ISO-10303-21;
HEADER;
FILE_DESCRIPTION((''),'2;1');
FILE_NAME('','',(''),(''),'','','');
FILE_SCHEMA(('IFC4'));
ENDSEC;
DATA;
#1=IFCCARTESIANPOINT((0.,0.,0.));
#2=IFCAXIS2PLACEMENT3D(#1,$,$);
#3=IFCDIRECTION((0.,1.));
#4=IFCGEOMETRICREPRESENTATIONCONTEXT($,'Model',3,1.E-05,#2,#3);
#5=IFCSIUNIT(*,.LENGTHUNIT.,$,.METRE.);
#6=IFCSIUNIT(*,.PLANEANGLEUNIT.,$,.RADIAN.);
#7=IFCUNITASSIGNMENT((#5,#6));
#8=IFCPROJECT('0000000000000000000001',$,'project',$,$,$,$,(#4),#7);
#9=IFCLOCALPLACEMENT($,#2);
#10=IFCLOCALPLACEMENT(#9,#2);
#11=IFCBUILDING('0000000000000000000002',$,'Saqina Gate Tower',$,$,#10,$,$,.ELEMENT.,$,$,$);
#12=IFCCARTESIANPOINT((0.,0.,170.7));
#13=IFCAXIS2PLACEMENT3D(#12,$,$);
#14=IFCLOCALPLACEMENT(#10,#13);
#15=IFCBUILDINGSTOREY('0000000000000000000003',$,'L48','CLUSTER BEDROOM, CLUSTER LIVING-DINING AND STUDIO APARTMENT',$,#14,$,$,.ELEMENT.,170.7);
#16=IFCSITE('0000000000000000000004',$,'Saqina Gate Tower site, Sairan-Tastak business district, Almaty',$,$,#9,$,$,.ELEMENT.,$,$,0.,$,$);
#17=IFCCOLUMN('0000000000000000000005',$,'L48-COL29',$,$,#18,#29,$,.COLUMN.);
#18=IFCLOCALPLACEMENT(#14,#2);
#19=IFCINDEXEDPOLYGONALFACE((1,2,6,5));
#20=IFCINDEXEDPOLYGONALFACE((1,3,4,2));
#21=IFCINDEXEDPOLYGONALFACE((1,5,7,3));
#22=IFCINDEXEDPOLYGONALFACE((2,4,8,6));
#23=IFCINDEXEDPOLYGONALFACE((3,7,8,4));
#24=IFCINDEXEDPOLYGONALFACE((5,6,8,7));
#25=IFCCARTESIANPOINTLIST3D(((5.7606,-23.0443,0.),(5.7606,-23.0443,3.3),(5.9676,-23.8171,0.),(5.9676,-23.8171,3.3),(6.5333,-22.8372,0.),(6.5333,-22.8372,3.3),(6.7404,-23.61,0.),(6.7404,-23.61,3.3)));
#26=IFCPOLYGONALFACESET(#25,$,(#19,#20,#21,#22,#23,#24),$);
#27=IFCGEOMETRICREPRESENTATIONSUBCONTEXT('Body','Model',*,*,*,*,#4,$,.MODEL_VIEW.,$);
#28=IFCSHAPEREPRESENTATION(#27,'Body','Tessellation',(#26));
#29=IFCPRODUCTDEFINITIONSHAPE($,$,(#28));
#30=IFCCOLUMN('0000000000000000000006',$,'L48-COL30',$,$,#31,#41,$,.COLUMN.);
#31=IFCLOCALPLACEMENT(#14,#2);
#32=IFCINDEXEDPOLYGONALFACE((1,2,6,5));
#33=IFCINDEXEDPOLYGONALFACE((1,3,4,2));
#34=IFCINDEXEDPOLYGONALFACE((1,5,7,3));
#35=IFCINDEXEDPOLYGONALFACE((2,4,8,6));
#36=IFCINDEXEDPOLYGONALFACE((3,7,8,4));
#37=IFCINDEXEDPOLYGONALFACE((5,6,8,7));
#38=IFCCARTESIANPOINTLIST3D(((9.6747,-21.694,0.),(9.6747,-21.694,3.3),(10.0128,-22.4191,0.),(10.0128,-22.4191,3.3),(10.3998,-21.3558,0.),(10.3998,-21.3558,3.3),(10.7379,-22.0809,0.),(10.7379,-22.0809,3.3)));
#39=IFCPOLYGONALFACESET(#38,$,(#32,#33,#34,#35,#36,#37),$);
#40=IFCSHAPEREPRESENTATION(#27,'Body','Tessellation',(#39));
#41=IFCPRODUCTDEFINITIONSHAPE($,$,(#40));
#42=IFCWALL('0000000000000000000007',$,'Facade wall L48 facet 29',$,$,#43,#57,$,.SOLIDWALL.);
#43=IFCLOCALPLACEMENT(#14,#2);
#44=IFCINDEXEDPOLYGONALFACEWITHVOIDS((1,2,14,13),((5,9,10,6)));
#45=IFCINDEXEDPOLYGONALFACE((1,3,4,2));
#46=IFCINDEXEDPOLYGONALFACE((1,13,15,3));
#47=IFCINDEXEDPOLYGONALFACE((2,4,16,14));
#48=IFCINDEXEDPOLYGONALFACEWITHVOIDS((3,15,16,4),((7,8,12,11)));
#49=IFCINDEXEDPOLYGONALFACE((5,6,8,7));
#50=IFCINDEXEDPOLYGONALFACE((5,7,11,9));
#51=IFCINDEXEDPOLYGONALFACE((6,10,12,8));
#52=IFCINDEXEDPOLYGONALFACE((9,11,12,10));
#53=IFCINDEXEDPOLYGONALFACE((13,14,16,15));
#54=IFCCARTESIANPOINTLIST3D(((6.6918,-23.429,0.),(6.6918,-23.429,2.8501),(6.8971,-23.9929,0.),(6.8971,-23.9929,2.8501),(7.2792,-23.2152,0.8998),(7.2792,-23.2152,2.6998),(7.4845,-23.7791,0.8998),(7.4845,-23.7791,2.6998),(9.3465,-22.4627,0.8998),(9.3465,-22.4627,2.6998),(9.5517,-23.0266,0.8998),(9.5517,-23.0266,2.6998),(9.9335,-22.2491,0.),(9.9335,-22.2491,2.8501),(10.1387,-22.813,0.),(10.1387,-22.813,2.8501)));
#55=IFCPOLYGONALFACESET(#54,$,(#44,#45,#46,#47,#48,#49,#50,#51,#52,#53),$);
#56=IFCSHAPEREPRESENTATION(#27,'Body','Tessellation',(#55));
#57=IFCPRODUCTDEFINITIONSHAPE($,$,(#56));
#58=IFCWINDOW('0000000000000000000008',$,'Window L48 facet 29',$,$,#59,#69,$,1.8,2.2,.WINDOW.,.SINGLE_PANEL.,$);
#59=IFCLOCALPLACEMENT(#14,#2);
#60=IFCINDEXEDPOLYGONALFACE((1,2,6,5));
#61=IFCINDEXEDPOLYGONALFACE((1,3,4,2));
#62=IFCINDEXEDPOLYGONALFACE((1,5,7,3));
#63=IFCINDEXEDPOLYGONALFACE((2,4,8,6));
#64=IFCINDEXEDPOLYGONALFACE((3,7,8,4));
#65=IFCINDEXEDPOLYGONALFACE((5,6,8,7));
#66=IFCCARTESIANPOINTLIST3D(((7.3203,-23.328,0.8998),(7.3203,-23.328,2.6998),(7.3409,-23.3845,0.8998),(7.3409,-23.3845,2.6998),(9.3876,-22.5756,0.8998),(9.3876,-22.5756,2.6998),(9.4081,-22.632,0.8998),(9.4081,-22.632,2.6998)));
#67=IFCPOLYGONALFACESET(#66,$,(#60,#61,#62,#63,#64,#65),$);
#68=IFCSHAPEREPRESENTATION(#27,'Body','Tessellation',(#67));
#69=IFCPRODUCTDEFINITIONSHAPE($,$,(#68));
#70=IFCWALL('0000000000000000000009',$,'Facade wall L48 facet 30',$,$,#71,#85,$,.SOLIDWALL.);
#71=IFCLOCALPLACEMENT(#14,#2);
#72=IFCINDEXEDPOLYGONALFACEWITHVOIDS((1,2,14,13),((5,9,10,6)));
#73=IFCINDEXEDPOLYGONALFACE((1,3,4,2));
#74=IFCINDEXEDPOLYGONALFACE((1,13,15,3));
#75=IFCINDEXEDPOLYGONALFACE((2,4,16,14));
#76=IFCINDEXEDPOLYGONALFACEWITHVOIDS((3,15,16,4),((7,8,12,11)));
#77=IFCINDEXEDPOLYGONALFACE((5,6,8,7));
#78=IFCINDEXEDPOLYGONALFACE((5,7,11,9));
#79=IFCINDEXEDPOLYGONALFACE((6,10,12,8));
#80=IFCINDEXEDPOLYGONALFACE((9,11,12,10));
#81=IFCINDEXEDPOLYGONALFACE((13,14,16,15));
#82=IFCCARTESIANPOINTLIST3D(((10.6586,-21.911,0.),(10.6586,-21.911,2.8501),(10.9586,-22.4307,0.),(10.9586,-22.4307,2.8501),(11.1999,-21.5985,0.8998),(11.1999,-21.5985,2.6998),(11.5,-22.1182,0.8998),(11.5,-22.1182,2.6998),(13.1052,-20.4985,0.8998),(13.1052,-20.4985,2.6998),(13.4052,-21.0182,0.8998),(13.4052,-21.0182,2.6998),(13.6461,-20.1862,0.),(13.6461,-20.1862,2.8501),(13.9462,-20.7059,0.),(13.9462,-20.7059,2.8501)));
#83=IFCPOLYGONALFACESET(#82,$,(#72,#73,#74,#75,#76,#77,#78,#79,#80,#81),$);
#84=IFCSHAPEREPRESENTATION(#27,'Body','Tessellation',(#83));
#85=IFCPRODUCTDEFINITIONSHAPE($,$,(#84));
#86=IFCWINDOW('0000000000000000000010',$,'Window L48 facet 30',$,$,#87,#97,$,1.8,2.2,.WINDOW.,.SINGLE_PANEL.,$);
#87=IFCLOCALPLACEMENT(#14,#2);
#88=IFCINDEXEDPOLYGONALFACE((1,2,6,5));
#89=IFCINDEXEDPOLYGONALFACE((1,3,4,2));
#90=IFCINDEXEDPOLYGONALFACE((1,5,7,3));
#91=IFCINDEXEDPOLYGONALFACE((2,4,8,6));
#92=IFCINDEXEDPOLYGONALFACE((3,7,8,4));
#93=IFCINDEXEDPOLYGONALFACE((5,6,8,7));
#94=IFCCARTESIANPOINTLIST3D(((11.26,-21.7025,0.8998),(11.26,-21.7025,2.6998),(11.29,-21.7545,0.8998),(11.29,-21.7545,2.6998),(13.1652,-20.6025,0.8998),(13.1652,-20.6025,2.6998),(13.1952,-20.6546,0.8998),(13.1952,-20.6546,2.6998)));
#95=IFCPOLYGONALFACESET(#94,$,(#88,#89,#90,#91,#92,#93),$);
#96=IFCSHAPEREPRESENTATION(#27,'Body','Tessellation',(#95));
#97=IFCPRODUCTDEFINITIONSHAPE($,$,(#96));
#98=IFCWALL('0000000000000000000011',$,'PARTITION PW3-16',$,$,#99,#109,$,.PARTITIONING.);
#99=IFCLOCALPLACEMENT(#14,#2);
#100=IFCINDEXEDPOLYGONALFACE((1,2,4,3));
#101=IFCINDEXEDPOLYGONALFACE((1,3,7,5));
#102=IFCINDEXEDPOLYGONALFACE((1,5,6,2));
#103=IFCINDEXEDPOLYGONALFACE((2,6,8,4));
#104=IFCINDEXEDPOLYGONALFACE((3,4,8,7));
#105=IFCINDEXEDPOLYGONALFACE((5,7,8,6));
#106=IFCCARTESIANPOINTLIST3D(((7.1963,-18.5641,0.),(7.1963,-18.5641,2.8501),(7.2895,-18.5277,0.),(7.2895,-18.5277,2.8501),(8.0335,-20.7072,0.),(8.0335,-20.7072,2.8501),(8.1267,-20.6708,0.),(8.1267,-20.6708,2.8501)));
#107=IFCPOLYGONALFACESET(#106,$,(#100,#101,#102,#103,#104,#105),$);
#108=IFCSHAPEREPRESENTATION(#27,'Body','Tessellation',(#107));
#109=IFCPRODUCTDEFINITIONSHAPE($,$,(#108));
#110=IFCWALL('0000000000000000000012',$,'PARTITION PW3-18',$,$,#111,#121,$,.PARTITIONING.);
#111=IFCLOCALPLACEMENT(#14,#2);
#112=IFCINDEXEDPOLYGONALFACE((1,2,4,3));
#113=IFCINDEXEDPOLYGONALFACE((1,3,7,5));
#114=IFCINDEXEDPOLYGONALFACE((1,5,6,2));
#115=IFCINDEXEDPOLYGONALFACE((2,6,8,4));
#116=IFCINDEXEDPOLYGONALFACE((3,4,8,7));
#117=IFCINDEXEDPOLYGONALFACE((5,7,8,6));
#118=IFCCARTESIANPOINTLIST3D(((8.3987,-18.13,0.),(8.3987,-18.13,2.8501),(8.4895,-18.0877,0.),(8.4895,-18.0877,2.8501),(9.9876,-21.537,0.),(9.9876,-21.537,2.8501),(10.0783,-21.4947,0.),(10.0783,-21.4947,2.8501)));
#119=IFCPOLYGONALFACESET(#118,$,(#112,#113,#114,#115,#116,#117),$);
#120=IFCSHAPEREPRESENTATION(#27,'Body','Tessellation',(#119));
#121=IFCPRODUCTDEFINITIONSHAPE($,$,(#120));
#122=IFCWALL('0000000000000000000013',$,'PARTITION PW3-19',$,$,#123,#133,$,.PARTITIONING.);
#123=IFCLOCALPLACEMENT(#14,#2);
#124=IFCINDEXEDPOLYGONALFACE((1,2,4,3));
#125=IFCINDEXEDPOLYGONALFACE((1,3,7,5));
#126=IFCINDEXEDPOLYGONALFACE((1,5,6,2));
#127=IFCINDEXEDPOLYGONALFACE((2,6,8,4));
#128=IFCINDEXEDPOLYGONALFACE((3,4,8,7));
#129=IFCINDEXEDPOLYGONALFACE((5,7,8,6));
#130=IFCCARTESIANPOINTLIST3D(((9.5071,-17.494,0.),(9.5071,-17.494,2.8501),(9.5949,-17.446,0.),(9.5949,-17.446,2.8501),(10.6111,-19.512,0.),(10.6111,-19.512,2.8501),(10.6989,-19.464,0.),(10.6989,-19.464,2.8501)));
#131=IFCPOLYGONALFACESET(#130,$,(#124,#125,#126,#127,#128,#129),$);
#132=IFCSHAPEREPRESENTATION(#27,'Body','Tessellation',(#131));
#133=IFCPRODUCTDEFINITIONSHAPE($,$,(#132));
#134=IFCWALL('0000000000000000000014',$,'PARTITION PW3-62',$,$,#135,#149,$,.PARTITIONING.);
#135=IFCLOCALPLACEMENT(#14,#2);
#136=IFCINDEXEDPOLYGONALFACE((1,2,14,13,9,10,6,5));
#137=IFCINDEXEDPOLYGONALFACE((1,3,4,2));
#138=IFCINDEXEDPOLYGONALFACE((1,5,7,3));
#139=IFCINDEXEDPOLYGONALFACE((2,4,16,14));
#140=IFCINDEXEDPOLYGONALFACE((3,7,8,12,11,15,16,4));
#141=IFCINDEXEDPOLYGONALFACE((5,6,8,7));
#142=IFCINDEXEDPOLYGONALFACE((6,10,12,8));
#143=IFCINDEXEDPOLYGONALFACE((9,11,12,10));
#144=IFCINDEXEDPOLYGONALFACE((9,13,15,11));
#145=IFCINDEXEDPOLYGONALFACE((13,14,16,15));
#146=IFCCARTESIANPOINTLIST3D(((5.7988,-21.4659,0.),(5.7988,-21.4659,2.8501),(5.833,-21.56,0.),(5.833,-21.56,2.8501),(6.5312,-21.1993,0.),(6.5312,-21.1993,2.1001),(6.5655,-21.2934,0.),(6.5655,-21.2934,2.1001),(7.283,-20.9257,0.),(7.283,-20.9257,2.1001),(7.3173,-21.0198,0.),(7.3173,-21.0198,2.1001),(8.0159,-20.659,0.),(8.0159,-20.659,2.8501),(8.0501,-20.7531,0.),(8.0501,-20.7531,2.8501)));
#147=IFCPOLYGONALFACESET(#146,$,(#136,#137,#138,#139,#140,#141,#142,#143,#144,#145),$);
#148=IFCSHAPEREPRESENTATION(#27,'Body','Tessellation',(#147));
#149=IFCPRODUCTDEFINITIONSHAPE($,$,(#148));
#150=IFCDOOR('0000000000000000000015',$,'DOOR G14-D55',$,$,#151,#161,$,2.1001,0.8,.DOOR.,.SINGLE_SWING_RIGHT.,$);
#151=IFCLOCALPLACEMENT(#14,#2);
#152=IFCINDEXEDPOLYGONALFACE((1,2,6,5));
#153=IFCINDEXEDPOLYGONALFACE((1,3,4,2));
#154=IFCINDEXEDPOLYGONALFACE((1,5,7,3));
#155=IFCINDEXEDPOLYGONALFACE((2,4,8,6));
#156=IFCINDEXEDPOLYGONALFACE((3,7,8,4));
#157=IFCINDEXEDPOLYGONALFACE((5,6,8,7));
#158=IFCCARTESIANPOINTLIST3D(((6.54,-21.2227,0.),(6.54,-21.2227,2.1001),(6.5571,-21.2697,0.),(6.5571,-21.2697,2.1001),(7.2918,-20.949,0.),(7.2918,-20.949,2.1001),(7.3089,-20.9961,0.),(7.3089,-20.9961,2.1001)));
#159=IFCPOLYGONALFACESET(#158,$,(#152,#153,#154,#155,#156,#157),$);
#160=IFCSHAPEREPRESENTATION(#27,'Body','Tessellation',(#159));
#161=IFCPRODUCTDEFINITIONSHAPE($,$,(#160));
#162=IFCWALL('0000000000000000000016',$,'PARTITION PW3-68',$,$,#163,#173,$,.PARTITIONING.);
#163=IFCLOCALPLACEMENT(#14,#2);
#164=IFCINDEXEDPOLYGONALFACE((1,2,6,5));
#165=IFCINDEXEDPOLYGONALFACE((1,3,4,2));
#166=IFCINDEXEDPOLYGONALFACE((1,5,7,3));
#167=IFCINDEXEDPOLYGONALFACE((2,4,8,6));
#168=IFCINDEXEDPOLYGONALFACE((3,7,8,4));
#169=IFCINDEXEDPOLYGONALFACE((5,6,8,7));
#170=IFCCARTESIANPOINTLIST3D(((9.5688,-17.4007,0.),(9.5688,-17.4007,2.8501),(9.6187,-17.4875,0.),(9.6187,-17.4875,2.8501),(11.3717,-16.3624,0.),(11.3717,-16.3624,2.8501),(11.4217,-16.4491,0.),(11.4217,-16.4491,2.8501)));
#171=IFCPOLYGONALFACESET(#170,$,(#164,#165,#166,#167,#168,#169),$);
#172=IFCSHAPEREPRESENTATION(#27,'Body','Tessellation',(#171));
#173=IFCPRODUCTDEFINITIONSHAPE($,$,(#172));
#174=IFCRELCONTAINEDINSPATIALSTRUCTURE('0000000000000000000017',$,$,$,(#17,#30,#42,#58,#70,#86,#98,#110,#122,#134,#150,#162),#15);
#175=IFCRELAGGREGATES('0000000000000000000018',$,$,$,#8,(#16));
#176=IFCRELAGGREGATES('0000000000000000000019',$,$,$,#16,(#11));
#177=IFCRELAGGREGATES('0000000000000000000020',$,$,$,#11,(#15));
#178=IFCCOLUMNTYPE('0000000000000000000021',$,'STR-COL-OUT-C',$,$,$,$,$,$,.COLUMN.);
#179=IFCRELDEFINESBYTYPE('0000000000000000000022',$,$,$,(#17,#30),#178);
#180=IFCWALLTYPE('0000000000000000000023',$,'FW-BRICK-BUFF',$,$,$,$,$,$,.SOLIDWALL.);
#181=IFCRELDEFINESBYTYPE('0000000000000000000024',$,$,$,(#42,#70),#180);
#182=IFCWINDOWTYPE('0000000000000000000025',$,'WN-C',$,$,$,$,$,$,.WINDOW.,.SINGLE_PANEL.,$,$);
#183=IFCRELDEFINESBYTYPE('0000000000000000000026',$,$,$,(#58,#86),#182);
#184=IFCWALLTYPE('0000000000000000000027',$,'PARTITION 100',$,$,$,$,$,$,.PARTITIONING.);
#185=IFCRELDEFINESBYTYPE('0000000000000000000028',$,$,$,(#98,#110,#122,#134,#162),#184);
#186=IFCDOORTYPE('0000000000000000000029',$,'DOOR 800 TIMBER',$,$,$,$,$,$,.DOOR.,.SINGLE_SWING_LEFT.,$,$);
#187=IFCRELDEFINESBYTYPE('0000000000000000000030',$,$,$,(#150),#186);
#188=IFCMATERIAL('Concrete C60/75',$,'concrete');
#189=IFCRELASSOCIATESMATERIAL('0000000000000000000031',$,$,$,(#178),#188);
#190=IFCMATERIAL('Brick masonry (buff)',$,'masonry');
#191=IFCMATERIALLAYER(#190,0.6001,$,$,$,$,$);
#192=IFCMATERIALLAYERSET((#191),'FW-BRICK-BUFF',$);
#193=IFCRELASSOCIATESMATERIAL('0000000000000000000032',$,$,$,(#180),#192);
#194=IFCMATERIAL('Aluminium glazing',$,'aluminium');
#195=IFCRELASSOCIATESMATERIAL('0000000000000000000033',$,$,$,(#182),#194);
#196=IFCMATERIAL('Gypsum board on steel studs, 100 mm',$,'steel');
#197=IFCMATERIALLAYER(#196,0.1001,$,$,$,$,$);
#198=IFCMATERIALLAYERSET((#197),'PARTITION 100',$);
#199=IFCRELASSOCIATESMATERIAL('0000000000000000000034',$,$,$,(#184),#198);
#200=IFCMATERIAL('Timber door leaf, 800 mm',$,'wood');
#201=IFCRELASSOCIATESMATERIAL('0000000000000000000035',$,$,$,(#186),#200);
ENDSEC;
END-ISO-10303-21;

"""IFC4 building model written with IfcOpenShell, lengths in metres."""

from ifc_helpers import new_model, si_unit, direction, frame, frame_2d, origin, origin_2d, place, context, subcontext, project, spatial, rectangle, extrude, material, layer, layer_set, material_profile, profile_set, type_object, element, fill, save


model = new_model("IFC4")

# Units and contexts
model_context = context("Model", 3, precision=1e-05, world=origin(), true_north=direction((0.0, 1.0)))
body_context = subcontext(model_context, "Body", "Model", "MODEL_VIEW")
ifc_project = project(units=[si_unit("LENGTHUNIT", "METRE"), si_unit("PLANEANGLEUNIT", "RADIAN")], contexts=[model_context])

# Site, building, storey
site_placement = place(None, origin())
site = spatial("IfcSite", under=ifc_project, at=site_placement, Name="Saqina Gate Tower site, Sairan-Tastak business district, Almaty", CompositionType="ELEMENT", RefElevation=0.0)
building_placement = place(site_placement, origin())
building = spatial("IfcBuilding", under=site, at=building_placement, Name="Saqina Gate Tower", CompositionType="ELEMENT")
storey_placement = place(building_placement, frame((0.0, 0.0, 170.7)))
storey = spatial("IfcBuildingStorey", under=building, at=storey_placement, Name="L48", Description="CLUSTER BEDROOM, CLUSTER LIVING-DINING AND STUDIO APARTMENT", CompositionType="ELEMENT", Elevation=170.7)

# Columns
ifc_material_1 = material(Name="Concrete C60/75", Category="concrete")
ifc_material_profile = material_profile(ifc_material_1, rectangle(XDim=0.8, YDim=0.8, at=origin_2d()), Name="RC 800x800")
ifc_profile_set = profile_set([ifc_material_profile], Name="Concrete C60/75")
column_type = type_object("IfcColumnType", Name="STR-COL-OUT-C", PredefinedType="COLUMN", material=ifc_profile_set)
for number, where, z_axis, x_axis, name in (
    (1, (6.2505, -23.3271, 0.0), (0.0, 0.0, 1.0), (0.258819, -0.965926, 0.0), "L48-COL29"),
    (2, (10.2063, -21.8875, 0.0), (0.0, 0.0, 1.0), (0.422618, -0.906308, 0.0), "L48-COL30"),
):
    element("IfcColumn", number, at=place(storey_placement, frame(where, z_axis=z_axis, x_axis=x_axis)), inside=storey, type_object=column_type, Name=name, PredefinedType="COLUMN", context=body_context, shape_type="SweptSolid", body=[
        extrude(rectangle(XDim=0.8, YDim=0.8, at=origin_2d()), origin(), (0.0, 0.0, 1.0), 3.3),
    ])

# Walls, openings, windows
ifc_material_2 = material(Name="Brick masonry (buff)", Category="masonry")
ifc_layer_1 = layer(ifc_material_2, 0.6001)
ifc_layer_set_1 = layer_set([ifc_layer_1], Name="FW-BRICK-BUFF")
wall_type_1 = type_object("IfcWallType", Name="FW-BRICK-BUFF", PredefinedType="SOLIDWALL", material=ifc_layer_set_1)
wall_1_placement = place(storey_placement, frame((6.7944, -23.7109, 0.0), z_axis=(0.0, 0.0, 1.0), x_axis=(0.939688, 0.342033, 0.0)))
wall_1 = element("IfcWall", 3, at=wall_1_placement, inside=storey, type_object=wall_type_1, Name="Facade wall L48 facet 29", PredefinedType="SOLIDWALL", context=body_context, shape_type="SweptSolid", body=[
    extrude(rectangle(XDim=3.4497, YDim=0.6001, at=frame_2d((1.7249, 0.0))), origin(), (0.0, 0.0, 1.0), 2.8501),
])
opening_1_placement = place(wall_1_placement, frame((0.625, 0.0, 0.8999)))
opening_1 = element("IfcOpeningElement", 4, at=opening_1_placement, cuts=wall_1, PredefinedType="OPENING", context=body_context, shape_type="SweptSolid", body=[
    extrude(rectangle(XDim=2.2, YDim=1.8, at=frame_2d((1.1001, 0.8999))), frame((0.0, 0.312, 0.0), z_axis=(0.0, -1.0, 0.0), x_axis=(1.0, 0.0, 0.0)), (0.0, 0.0, 1.0), 0.624),
])
ifc_material_3 = material(Name="Aluminium glazing", Category="aluminium")
window_type = type_object("IfcWindowType", Name="WN-C", PartitioningType="SINGLE_PANEL", PredefinedType="WINDOW", material=ifc_material_3)
window_1_placement = place(opening_1_placement, origin())
window_1 = element("IfcWindow", 5, at=window_1_placement, inside=storey, type_object=window_type, Name="Window L48 facet 29", OverallHeight=1.8, OverallWidth=2.2, PartitioningType="SINGLE_PANEL", PredefinedType="WINDOW", context=body_context, shape_type="SweptSolid", body=[
    extrude(rectangle(XDim=2.2, YDim=1.8, at=frame_2d((1.1001, 0.8999))), frame((0.0, 0.1799, 0.0), z_axis=(0.0, -1.0, 0.0), x_axis=(1.0, 0.0, 0.0)), (0.0, 0.0, 1.0), 0.0601),
])
fill(opening_1, window_1)
wall_2_placement = place(storey_placement, frame((10.8086, -22.1709, 0.0), z_axis=(0.0, 0.0, 1.0), x_axis=(0.866026, 0.499998, 0.0)))
wall_2 = element("IfcWall", 6, at=wall_2_placement, inside=storey, type_object=wall_type_1, Name="Facade wall L48 facet 30", PredefinedType="SOLIDWALL", context=body_context, shape_type="SweptSolid", body=[
    extrude(rectangle(XDim=3.4497, YDim=0.6001, at=frame_2d((1.7249, 0.0))), origin(), (0.0, 0.0, 1.0), 2.8501),
])
opening_2_placement = place(wall_2_placement, frame((0.625, 0.0, 0.8999)))
opening_2 = element("IfcOpeningElement", 7, at=opening_2_placement, cuts=wall_2, PredefinedType="OPENING", context=body_context, shape_type="SweptSolid", body=[
    extrude(rectangle(XDim=2.2, YDim=1.8, at=frame_2d((1.1001, 0.8999))), frame((0.0, 0.312, 0.0), z_axis=(0.0, -1.0, 0.0), x_axis=(1.0, 0.0, 0.0)), (0.0, 0.0, 1.0), 0.624),
])
window_2_placement = place(opening_2_placement, origin())
window_2 = element("IfcWindow", 8, at=window_2_placement, inside=storey, type_object=window_type, Name="Window L48 facet 30", OverallHeight=1.8, OverallWidth=2.2, PartitioningType="SINGLE_PANEL", PredefinedType="WINDOW", context=body_context, shape_type="SweptSolid", body=[
    extrude(rectangle(XDim=2.2, YDim=1.8, at=frame_2d((1.1001, 0.8999))), frame((0.0, 0.1799, 0.0), z_axis=(0.0, -1.0, 0.0), x_axis=(1.0, 0.0, 0.0)), (0.0, 0.0, 1.0), 0.0601),
])
fill(opening_2, window_2)

# Walls
ifc_material_4 = material(Name="Gypsum board on steel studs, 100 mm", Category="steel")
ifc_layer_2 = layer(ifc_material_4, 0.1001)
ifc_layer_set_2 = layer_set([ifc_layer_2], Name="PARTITION 100")
wall_type_2 = type_object("IfcWallType", Name="PARTITION 100", PredefinedType="PARTITIONING", material=ifc_layer_set_2)
wall_3_placement = place(storey_placement, frame((7.2429, -18.5459, 0.0), z_axis=(0.0, 0.0, 1.0), x_axis=(0.363859, -0.931454, 0.0)))
element("IfcWall", 9, at=wall_3_placement, inside=storey, type_object=wall_type_2, Name="PARTITION PW3-16", PredefinedType="PARTITIONING", context=body_context, shape_type="SweptSolid", body=[
    extrude(rectangle(XDim=2.3008, YDim=0.1001, at=frame_2d((1.1504, 0.0))), origin(), (0.0, 0.0, 1.0), 2.8501),
])
wall_4_placement = place(storey_placement, frame((8.4441, -18.1089, 0.0), z_axis=(0.0, 0.0, 1.0), x_axis=(0.422654, -0.906291, 0.0)))
element("IfcWall", 10, at=wall_4_placement, inside=storey, type_object=wall_type_2, Name="PARTITION PW3-18", PredefinedType="PARTITIONING", context=body_context, shape_type="SweptSolid", body=[
    extrude(rectangle(XDim=3.7593, YDim=0.1001, at=frame_2d((1.8796, 0.0))), origin(), (0.0, 0.0, 1.0), 2.8501),
])
wall_5_placement = place(storey_placement, frame((9.551, -17.47, 0.0), z_axis=(0.0, 0.0, 1.0), x_axis=(0.479937, -0.877303, 0.0)))
element("IfcWall", 11, at=wall_5_placement, inside=storey, type_object=wall_type_2, Name="PARTITION PW3-19", PredefinedType="PARTITIONING", context=body_context, shape_type="SweptSolid", body=[
    extrude(rectangle(XDim=2.3003, YDim=0.1001, at=frame_2d((1.1501, 0.0))), origin(), (0.0, 0.0, 1.0), 2.8501),
])

# Wall, opening, door
wall_6_placement = place(storey_placement, frame((5.8159, -21.5129, 0.0), z_axis=(0.0, 0.0, 1.0), x_axis=(0.9397, 0.342001, 0.0)))
wall_6 = element("IfcWall", 12, at=wall_6_placement, inside=storey, type_object=wall_type_2, Name="PARTITION PW3-62", PredefinedType="PARTITIONING", context=body_context, shape_type="SweptSolid", body=[
    extrude(rectangle(XDim=2.3594, YDim=0.1001, at=frame_2d((1.1797, 0.0))), origin(), (0.0, 0.0, 1.0), 2.8501),
])
opening_3_placement = place(wall_6_placement, frame((0.7795, 0.0, 0.0)))
opening_3 = element("IfcOpeningElement", 13, at=opening_3_placement, cuts=wall_6, PredefinedType="OPENING", context=body_context, shape_type="SweptSolid", body=[
    extrude(rectangle(XDim=0.8, YDim=2.1001, at=frame_2d((0.3999, 1.05))), frame((0.0, 0.062, 0.0), z_axis=(0.0, -1.0, 0.0), x_axis=(1.0, 0.0, 0.0)), (0.0, 0.0, 1.0), 0.124),
])
ifc_material_5 = material(Name="Timber door leaf, 800 mm", Category="wood")
door_type_1 = type_object("IfcDoorType", Name="DOOR 800 TIMBER", OperationType="SINGLE_SWING_LEFT", PredefinedType="DOOR", material=ifc_material_5)
door_1_placement = place(opening_3_placement, frame((0.8, 0.0, 0.0), z_axis=(0.0, 0.0, 1.0), x_axis=(-1.0, 0.0, 0.0)))
door_1 = element("IfcDoor", 14, at=door_1_placement, inside=storey, type_object=door_type_1, Name="DOOR G14-D55", OperationType="SINGLE_SWING_RIGHT", OverallHeight=2.1001, OverallWidth=0.8, PredefinedType="DOOR", context=body_context, shape_type="SweptSolid", body=[
    extrude(rectangle(XDim=0.8, YDim=2.1001, at=frame_2d((0.3999, 1.05))), frame((0.0, 0.0249, 0.0), z_axis=(0.0, -1.0, 0.0), x_axis=(1.0, 0.0, 0.0)), (0.0, 0.0, 1.0), 0.05),
])
fill(opening_3, door_1)

# Wall
wall_7_placement = place(storey_placement, frame((9.5938, -17.4441, 0.0), z_axis=(0.0, 0.0, 1.0), x_axis=(0.86657, 0.499055, 0.0)))
element("IfcWall", 15, at=wall_7_placement, inside=storey, type_object=wall_type_2, Name="PARTITION PW3-68", PredefinedType="PARTITIONING", context=body_context, shape_type="SweptSolid", body=[
    extrude(rectangle(XDim=2.0806, YDim=0.1001, at=frame_2d((1.0403, 0.0))), origin(), (0.0, 0.0, 1.0), 2.8501),
])

save(model, "model.ifc")
